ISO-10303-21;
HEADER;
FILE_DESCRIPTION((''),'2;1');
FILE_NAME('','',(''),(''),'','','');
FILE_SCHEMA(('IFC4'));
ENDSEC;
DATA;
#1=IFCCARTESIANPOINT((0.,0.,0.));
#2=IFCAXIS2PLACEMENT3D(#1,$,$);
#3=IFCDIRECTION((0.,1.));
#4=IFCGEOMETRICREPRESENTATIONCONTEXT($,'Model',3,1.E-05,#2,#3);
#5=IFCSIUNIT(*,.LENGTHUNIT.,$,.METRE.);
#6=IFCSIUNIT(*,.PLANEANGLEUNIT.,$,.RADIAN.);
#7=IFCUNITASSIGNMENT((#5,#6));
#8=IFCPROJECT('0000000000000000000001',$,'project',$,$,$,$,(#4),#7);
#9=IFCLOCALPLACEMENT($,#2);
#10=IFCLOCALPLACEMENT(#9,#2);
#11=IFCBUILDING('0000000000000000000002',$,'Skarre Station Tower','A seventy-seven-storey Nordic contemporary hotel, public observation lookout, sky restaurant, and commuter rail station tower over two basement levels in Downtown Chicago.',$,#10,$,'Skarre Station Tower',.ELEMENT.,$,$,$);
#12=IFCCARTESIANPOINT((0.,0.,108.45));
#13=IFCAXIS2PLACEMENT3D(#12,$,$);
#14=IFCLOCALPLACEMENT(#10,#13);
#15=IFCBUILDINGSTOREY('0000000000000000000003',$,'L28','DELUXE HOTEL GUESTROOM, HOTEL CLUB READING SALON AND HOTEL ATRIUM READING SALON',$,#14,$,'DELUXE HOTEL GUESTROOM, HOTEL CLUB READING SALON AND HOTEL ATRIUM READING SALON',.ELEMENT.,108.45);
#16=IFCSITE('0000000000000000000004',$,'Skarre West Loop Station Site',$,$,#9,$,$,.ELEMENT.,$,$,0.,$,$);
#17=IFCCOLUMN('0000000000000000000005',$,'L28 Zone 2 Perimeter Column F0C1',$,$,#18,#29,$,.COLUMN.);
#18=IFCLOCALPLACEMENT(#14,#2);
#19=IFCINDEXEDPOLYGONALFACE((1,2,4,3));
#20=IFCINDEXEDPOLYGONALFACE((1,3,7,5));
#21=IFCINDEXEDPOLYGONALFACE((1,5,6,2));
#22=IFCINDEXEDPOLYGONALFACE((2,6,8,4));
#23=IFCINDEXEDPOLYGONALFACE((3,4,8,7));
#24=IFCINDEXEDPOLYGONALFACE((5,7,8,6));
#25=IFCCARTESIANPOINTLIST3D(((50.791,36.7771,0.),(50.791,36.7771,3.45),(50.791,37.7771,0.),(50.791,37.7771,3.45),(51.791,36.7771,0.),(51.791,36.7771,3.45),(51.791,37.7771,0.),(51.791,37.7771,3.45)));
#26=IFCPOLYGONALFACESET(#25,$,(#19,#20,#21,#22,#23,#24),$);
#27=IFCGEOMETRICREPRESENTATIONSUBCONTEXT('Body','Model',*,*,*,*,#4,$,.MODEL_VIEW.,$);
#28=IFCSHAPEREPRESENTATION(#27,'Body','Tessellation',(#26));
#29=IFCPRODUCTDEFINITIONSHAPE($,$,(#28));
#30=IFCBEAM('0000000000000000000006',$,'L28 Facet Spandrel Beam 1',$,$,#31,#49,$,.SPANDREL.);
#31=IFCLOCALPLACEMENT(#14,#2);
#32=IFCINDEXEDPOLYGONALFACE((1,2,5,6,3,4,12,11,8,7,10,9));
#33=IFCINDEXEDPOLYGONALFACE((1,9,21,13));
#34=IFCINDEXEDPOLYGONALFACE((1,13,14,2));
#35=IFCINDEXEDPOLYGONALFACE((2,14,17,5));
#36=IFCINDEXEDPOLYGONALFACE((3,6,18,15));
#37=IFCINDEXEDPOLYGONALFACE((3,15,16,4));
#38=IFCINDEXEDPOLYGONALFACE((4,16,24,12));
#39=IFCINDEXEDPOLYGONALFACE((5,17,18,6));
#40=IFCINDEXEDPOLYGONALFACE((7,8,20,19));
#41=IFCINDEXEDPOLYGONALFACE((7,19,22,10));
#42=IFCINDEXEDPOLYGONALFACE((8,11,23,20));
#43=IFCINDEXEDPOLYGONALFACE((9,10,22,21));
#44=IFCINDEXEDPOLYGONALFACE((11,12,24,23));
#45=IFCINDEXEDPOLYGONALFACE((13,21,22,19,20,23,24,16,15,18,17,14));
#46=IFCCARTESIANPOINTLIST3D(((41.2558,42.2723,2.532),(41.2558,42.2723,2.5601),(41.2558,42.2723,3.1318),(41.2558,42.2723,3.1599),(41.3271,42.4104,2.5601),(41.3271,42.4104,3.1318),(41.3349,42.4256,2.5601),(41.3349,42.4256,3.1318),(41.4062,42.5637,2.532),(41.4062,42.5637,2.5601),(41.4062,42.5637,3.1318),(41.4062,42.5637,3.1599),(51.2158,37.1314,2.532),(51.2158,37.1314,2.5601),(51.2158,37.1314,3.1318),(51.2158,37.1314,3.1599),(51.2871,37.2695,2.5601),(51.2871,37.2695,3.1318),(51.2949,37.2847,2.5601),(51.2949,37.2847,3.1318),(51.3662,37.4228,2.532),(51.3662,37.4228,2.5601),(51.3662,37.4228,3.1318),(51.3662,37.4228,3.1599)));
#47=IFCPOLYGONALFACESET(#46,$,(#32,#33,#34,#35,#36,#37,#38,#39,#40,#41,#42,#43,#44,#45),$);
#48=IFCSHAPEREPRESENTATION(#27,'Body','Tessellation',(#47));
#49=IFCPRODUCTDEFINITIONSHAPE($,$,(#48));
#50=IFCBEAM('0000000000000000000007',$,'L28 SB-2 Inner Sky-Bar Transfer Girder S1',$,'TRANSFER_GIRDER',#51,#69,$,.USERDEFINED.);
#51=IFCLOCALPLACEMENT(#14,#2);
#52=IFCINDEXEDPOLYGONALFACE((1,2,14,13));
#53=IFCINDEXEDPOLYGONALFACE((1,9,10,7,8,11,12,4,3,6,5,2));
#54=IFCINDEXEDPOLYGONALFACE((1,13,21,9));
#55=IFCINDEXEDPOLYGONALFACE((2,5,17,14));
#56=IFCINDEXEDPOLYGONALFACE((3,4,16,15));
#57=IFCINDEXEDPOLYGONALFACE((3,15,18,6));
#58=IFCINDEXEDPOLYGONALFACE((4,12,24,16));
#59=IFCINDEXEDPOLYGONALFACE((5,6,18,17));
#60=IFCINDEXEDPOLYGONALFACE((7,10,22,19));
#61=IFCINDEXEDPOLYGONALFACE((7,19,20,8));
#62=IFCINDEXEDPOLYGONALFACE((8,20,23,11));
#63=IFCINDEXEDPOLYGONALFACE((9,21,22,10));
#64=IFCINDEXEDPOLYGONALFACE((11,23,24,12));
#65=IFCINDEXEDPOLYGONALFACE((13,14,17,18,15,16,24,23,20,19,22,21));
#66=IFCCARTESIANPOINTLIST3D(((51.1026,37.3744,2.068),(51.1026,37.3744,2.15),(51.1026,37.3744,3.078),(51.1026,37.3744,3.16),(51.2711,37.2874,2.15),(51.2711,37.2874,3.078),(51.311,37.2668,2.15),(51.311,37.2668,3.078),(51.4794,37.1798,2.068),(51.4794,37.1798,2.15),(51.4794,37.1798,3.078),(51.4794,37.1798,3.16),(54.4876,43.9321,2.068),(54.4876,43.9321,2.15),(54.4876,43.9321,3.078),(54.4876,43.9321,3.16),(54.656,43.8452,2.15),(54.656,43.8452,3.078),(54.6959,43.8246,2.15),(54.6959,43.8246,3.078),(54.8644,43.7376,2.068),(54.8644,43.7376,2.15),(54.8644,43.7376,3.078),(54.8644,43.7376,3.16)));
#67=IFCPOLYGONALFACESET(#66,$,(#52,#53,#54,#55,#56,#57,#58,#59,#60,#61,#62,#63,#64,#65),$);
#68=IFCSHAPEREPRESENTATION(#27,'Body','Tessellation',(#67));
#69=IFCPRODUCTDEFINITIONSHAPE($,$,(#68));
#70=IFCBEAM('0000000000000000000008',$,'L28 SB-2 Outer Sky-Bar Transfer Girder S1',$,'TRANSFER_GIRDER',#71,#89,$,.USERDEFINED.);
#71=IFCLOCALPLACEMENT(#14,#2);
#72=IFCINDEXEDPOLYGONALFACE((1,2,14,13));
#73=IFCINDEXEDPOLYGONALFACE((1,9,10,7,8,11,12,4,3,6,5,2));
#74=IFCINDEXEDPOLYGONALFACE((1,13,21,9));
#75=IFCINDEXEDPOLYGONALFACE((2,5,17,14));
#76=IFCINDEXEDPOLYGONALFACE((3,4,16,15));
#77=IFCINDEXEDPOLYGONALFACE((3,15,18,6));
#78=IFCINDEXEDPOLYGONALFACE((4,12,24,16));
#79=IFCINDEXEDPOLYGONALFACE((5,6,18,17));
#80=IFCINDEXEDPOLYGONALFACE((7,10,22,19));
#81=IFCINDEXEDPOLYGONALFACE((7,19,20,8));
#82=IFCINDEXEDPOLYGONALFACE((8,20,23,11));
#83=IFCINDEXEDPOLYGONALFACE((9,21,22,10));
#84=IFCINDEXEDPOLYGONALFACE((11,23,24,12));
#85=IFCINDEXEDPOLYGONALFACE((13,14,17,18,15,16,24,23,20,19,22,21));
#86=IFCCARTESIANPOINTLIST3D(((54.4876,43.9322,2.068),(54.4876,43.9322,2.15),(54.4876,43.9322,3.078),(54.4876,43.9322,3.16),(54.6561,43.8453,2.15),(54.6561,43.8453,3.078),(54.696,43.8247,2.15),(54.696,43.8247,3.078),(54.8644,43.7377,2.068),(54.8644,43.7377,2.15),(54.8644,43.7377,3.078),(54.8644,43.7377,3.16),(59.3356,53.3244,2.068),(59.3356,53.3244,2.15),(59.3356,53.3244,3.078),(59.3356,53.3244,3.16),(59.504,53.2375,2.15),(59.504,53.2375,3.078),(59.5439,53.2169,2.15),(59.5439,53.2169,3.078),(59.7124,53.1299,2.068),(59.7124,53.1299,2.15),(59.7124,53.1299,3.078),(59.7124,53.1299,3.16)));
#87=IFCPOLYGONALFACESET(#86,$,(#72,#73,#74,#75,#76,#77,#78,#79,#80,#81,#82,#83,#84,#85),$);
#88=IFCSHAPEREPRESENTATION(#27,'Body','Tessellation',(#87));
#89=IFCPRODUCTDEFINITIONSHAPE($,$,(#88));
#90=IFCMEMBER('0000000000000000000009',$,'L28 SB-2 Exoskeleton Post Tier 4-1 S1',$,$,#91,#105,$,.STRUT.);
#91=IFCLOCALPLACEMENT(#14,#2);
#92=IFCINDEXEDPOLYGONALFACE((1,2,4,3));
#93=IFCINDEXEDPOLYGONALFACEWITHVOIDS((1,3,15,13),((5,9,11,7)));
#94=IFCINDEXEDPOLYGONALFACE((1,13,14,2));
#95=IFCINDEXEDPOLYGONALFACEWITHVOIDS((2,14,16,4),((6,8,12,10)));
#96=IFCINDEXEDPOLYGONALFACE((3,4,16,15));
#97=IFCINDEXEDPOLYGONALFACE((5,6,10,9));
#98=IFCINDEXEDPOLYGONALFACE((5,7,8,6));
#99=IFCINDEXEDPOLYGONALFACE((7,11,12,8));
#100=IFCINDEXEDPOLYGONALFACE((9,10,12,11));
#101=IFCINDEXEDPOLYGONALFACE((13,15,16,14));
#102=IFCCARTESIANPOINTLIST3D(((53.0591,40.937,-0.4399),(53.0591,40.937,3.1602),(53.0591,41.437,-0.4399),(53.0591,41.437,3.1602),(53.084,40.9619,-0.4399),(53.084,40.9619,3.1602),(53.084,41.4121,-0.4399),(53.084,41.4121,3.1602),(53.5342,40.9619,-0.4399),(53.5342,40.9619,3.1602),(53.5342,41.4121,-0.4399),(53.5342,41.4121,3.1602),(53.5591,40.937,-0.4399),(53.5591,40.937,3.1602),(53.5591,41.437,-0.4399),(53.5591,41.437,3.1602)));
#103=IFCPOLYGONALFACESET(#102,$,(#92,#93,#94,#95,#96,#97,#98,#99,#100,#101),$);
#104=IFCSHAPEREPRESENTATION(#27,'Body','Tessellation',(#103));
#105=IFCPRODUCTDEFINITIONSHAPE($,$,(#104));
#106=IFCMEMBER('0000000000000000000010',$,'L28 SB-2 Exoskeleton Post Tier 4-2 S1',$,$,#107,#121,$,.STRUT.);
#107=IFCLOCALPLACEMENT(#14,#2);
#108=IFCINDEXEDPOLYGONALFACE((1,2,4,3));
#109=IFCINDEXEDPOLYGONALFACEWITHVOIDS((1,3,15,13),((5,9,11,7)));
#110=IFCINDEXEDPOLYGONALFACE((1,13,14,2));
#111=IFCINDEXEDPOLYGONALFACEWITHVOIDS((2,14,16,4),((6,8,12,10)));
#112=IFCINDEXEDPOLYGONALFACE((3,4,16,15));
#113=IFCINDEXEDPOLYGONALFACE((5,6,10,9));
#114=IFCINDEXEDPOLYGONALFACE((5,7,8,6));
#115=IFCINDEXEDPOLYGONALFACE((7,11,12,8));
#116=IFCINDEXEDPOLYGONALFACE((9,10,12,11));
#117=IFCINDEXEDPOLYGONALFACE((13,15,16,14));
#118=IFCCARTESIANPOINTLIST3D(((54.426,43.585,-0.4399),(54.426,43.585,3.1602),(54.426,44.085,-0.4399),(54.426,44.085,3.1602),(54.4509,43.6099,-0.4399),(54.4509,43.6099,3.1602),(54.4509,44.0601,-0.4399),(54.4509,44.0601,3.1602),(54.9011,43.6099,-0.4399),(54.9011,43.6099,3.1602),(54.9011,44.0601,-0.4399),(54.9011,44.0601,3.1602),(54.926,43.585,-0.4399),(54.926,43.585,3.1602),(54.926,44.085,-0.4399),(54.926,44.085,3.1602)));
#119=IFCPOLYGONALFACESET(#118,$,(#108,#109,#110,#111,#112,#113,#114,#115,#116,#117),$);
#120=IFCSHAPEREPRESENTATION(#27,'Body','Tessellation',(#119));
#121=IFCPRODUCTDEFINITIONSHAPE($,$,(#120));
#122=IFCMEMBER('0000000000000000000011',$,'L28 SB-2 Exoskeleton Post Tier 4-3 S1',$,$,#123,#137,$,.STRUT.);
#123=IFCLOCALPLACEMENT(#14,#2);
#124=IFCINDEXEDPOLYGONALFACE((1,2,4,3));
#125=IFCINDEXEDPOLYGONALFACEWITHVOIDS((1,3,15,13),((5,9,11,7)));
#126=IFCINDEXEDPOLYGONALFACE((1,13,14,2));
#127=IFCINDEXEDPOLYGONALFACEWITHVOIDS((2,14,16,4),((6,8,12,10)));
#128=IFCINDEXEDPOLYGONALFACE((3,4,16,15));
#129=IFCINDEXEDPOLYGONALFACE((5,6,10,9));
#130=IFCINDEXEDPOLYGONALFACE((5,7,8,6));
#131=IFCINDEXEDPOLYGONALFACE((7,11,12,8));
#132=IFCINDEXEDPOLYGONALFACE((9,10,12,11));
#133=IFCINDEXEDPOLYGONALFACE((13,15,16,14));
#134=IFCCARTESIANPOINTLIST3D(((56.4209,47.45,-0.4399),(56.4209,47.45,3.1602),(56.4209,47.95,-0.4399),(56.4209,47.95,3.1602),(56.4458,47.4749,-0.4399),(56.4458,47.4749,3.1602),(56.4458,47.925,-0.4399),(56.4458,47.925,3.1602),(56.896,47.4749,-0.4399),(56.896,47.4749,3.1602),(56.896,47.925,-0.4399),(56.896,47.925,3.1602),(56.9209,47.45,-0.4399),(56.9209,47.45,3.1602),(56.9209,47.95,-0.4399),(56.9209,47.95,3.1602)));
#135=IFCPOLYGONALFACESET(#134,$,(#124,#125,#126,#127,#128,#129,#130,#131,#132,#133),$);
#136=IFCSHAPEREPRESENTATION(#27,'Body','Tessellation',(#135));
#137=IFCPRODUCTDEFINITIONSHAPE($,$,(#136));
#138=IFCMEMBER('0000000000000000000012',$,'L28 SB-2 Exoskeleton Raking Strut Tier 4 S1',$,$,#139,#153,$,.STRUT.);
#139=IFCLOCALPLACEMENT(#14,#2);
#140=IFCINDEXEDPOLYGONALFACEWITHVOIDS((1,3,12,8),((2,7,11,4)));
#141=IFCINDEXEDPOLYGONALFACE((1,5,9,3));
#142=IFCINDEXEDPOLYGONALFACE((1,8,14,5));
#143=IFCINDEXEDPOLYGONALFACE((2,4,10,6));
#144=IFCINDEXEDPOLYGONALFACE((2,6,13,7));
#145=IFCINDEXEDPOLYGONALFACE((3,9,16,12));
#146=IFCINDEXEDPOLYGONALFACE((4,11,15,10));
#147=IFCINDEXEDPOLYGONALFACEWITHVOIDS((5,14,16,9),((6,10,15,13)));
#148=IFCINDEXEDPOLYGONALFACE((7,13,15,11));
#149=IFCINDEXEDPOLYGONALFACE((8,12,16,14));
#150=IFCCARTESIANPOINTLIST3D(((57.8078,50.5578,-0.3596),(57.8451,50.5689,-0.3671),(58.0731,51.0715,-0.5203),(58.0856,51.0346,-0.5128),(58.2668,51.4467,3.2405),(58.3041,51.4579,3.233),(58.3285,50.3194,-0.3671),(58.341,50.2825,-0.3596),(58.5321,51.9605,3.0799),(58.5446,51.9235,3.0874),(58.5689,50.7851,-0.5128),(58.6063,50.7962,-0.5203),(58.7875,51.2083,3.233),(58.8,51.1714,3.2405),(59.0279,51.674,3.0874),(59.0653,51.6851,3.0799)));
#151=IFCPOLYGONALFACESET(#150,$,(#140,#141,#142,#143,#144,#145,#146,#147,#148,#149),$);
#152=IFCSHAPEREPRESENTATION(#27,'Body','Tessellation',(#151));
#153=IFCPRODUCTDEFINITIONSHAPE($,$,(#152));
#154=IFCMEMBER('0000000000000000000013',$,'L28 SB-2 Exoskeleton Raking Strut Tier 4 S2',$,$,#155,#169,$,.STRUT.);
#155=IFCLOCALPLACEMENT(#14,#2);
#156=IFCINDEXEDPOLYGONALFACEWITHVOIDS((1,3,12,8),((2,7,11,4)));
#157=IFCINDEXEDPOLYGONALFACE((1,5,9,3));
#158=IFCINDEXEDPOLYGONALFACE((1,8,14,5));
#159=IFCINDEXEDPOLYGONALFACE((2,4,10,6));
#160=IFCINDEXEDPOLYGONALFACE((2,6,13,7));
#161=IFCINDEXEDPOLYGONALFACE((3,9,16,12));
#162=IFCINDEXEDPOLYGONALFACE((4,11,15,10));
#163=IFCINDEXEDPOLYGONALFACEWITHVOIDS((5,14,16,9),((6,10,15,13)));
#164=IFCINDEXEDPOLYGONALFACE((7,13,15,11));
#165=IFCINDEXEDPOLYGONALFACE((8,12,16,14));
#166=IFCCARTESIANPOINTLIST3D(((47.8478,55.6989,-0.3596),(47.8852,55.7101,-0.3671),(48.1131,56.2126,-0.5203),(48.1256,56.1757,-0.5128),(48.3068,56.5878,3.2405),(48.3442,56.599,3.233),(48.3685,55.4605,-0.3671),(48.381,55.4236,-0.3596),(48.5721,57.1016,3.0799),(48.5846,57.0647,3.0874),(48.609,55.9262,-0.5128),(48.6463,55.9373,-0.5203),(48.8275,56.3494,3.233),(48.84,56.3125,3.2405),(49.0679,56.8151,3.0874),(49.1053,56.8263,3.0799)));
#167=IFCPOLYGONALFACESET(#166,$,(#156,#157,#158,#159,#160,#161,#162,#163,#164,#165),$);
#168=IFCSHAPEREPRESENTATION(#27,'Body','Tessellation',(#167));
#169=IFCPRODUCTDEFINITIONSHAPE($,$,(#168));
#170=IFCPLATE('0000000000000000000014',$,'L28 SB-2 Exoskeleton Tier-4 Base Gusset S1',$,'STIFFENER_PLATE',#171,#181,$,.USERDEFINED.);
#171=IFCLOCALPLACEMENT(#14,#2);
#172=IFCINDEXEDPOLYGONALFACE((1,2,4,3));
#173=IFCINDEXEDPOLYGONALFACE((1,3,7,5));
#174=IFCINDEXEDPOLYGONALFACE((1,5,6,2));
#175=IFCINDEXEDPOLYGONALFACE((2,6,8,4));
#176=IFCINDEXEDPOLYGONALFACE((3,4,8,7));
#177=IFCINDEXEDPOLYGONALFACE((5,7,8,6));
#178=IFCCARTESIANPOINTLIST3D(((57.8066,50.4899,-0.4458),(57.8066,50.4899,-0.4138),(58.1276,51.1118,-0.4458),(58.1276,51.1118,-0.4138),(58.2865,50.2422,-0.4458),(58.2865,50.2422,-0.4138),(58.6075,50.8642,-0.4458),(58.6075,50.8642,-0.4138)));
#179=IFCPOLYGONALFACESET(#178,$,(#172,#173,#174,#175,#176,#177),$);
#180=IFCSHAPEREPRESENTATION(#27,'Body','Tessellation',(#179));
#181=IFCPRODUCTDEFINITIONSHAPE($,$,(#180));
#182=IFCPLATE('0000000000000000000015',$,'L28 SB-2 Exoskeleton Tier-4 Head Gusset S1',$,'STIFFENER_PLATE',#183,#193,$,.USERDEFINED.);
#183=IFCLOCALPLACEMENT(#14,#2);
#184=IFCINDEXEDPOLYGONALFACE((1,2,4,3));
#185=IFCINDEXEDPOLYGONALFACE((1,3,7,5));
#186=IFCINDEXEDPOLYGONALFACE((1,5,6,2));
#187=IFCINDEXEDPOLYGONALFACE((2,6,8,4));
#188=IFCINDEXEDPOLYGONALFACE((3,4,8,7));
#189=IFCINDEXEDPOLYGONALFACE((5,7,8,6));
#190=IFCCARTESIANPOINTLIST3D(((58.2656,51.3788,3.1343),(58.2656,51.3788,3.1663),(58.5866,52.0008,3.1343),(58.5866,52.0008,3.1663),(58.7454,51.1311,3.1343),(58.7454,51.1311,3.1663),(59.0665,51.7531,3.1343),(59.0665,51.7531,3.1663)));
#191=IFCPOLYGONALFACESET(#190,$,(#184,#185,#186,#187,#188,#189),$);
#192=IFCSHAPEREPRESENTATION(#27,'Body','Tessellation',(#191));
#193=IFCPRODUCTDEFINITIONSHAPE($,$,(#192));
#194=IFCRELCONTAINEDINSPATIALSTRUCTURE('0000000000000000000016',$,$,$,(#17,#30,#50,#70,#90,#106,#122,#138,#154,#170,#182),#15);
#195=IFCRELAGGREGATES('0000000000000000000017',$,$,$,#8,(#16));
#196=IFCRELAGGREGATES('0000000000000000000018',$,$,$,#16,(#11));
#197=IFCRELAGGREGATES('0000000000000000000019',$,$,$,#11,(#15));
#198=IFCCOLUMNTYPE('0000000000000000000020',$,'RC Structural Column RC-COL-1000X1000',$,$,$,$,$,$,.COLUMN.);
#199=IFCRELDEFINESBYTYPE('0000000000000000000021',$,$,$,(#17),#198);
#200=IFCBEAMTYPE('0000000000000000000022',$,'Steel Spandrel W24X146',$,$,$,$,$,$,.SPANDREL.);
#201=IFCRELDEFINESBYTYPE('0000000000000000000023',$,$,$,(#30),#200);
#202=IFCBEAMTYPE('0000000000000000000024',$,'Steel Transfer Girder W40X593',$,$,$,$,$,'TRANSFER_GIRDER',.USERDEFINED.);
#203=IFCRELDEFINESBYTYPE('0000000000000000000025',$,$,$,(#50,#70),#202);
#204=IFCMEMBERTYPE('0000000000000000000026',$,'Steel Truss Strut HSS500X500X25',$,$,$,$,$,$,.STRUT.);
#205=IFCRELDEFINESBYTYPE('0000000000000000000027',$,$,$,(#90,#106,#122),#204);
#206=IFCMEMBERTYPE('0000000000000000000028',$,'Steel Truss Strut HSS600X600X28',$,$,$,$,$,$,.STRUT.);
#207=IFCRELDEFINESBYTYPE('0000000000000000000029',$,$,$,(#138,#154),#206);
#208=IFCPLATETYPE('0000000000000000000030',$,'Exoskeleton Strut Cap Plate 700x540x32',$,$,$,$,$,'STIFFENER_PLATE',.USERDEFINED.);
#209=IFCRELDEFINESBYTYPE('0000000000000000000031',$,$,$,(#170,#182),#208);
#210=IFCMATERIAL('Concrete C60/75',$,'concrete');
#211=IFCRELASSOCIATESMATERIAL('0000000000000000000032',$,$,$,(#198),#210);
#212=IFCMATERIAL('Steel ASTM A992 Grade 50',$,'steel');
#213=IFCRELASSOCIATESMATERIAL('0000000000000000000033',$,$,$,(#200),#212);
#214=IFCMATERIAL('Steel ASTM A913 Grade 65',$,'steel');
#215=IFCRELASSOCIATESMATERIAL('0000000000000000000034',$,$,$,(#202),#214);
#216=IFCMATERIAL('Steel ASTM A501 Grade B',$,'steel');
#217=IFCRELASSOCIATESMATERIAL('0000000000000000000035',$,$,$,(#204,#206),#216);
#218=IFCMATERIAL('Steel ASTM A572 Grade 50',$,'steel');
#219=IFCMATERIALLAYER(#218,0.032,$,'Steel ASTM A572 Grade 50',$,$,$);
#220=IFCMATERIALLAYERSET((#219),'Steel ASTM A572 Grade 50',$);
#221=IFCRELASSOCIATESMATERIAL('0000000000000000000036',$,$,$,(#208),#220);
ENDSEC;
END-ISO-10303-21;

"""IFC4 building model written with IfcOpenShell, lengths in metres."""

from ifc_helpers import new_model, si_unit, direction, frame, origin, origin_2d, place, context, subcontext, project, spatial, rectangle, hollow_rectangle, i_section, extrude, material, layer, layer_set, material_profile, profile_set, type_object, element, save


model = new_model("IFC4")

# Units and contexts
model_context = context("Model", 3, precision=1e-05, world=origin(), true_north=direction((0.0, 1.0)))
body_context = subcontext(model_context, "Body", "Model", "MODEL_VIEW")
ifc_project = project(units=[si_unit("LENGTHUNIT", "METRE"), si_unit("PLANEANGLEUNIT", "RADIAN")], contexts=[model_context])

# Site, building, storey
site_placement = place(None, origin())
site = spatial("IfcSite", under=ifc_project, at=site_placement, Name="Skarre West Loop Station Site", CompositionType="ELEMENT", RefElevation=0.0)
building_placement = place(site_placement, origin())
building = spatial("IfcBuilding", under=site, at=building_placement, Name="Skarre Station Tower", Description="A seventy-seven-storey Nordic contemporary hotel, public observation lookout, sky restaurant, and commuter rail station tower over two basement levels in Downtown Chicago.", LongName="Skarre Station Tower", CompositionType="ELEMENT")
storey_placement = place(building_placement, frame((0.0, 0.0, 108.45)))
storey = spatial("IfcBuildingStorey", under=building, at=storey_placement, Name="L28", Description="DELUXE HOTEL GUESTROOM, HOTEL CLUB READING SALON AND HOTEL ATRIUM READING SALON", LongName="DELUXE HOTEL GUESTROOM, HOTEL CLUB READING SALON AND HOTEL ATRIUM READING SALON", CompositionType="ELEMENT", Elevation=108.45)

# Column
ifc_material_1 = material(Name="Concrete C60/75", Category="concrete")
ifc_material_profile_1 = material_profile(ifc_material_1, rectangle(XDim=1.0, YDim=1.0, at=origin_2d()), Name="Concrete C60/75")
ifc_profile_set_1 = profile_set([ifc_material_profile_1], Name="Concrete C60/75")
column_type = type_object("IfcColumnType", Name="RC Structural Column RC-COL-1000X1000", PredefinedType="COLUMN", material=ifc_profile_set_1)
column_placement = place(storey_placement, frame((51.291, 37.2771, 0.0), z_axis=(0.0, 0.0, 1.0), x_axis=(1.0, 0.0, 0.0)))
element("IfcColumn", 1, at=column_placement, inside=storey, type_object=column_type, Name="L28 Zone 2 Perimeter Column F0C1", PredefinedType="COLUMN", context=body_context, shape_type="SweptSolid", body=[
    extrude(rectangle(XDim=1.0, YDim=1.0, at=origin_2d()), origin(), (0.0, 0.0, 1.0), 3.45),
])

# Beams
ifc_material_2 = material(Name="Steel ASTM A992 Grade 50", Category="steel")
ifc_material_profile_2 = material_profile(ifc_material_2, i_section(OverallWidth=0.3279, OverallDepth=0.6279, WebThickness=0.0171, FlangeThickness=0.0281, at=origin_2d()), Name="Steel ASTM A992 Grade 50")
ifc_profile_set_2 = profile_set([ifc_material_profile_2], Name="Steel ASTM A992 Grade 50")
beam_type_1 = type_object("IfcBeamType", Name="Steel Spandrel W24X146", PredefinedType="SPANDREL", material=ifc_profile_set_2)
beam_1_placement = place(storey_placement, frame((51.291, 37.2771, 2.8459), z_axis=(-0.888612, 0.45866, 0.0), x_axis=(-0.45866, -0.888612, 0.0)))
element("IfcBeam", 2, at=beam_1_placement, inside=storey, type_object=beam_type_1, Name="L28 Facet Spandrel Beam 1", PredefinedType="SPANDREL", context=body_context, shape_type="SweptSolid", body=[
    extrude(i_section(OverallWidth=0.3279, OverallDepth=0.6279, WebThickness=0.0171, FlangeThickness=0.0281, at=origin_2d()), origin(), (0.0, 0.0, 1.0), 11.2085),
])
ifc_material_3 = material(Name="Steel ASTM A913 Grade 65", Category="steel")
ifc_material_profile_3 = material_profile(ifc_material_3, i_section(OverallWidth=0.4241, OverallDepth=1.092, WebThickness=0.0449, FlangeThickness=0.082, at=origin_2d()), Name="Steel ASTM A913 Grade 65")
ifc_profile_set_3 = profile_set([ifc_material_profile_3], Name="Steel ASTM A913 Grade 65")
beam_type_2 = type_object("IfcBeamType", Name="Steel Transfer Girder W40X593", ElementType="TRANSFER_GIRDER", PredefinedType="USERDEFINED", material=ifc_profile_set_3)
beam_2_placement = place(storey_placement, frame((51.291, 37.2771, 2.614), z_axis=(0.458676, 0.888604, 0.0), x_axis=(-0.888604, 0.458676, 0.0)))
element("IfcBeam", 3, at=beam_2_placement, inside=storey, type_object=beam_type_2, Name="L28 SB-2 Inner Sky-Bar Transfer Girder S1", ObjectType="TRANSFER_GIRDER", PredefinedType="USERDEFINED", context=body_context, shape_type="SweptSolid", body=[
    extrude(i_section(OverallWidth=0.4241, OverallDepth=1.092, WebThickness=0.0449, FlangeThickness=0.082, at=origin_2d()), origin(), (0.0, 0.0, 1.0), 7.3799),
])
beam_3_placement = place(storey_placement, frame((54.676, 43.835, 2.614), z_axis=(0.458671, 0.888606, 0.0), x_axis=(-0.888606, 0.458671, 0.0)))
element("IfcBeam", 4, at=beam_3_placement, inside=storey, type_object=beam_type_2, Name="L28 SB-2 Outer Sky-Bar Transfer Girder S1", ObjectType="TRANSFER_GIRDER", PredefinedType="USERDEFINED", context=body_context, shape_type="SweptSolid", body=[
    extrude(i_section(OverallWidth=0.4241, OverallDepth=1.092, WebThickness=0.0449, FlangeThickness=0.082, at=origin_2d()), origin(), (0.0, 0.0, 1.0), 10.5696),
])

# Members
ifc_material_4 = material(Name="Steel ASTM A501 Grade B", Category="steel")
ifc_material_profile_4 = material_profile(ifc_material_4, hollow_rectangle(XDim=0.5, YDim=0.5, WallThickness=0.0249, at=origin_2d()), Name="Steel ASTM A501 Grade B")
ifc_profile_set_4 = profile_set([ifc_material_profile_4], Name="Steel ASTM A501 Grade B")
member_type_1 = type_object("IfcMemberType", Name="Steel Truss Strut HSS500X500X25", PredefinedType="STRUT", material=ifc_profile_set_4)
for number, where, z_axis, x_axis, name in (
    (5, (53.3091, 41.187, -0.4399), (0.0, 0.0, 1.0), (1.0, 0.0, 0.0), "L28 SB-2 Exoskeleton Post Tier 4-1 S1"),
    (6, (54.676, 43.835, -0.4399), (0.0, 0.0, 1.0), (1.0, 0.0, 0.0), "L28 SB-2 Exoskeleton Post Tier 4-2 S1"),
    (7, (56.6709, 47.7, -0.4399), (0.0, 0.0, 1.0), (1.0, 0.0, 0.0), "L28 SB-2 Exoskeleton Post Tier 4-3 S1"),
):
    element("IfcMember", number, at=place(storey_placement, frame(where, z_axis=z_axis, x_axis=x_axis)), inside=storey, type_object=member_type_1, Name=name, PredefinedType="STRUT", context=body_context, shape_type="SweptSolid", body=[
        extrude(hollow_rectangle(XDim=0.5, YDim=0.5, WallThickness=0.0249, at=origin_2d()), origin(), (0.0, 0.0, 1.0), 3.6001),
    ])
ifc_material_profile_5 = material_profile(ifc_material_4, hollow_rectangle(XDim=0.6001, YDim=0.6001, WallThickness=0.0281, at=origin_2d()), Name="Steel ASTM A501 Grade B")
ifc_profile_set_5 = profile_set([ifc_material_profile_5], Name="Steel ASTM A501 Grade B")
member_type_2 = type_object("IfcMemberType", Name="Steel Truss Strut HSS600X600X28", PredefinedType="STRUT", material=ifc_profile_set_5)
for number, where, z_axis, x_axis, name in (
    (8, (58.207, 50.677, -0.4399), (0.122838, 0.2379, 0.963491), (-0.888544, 0.458792, 0.0), "L28 SB-2 Exoskeleton Raking Strut Tier 4 S1"),
    (9, (48.2471, 55.8181, -0.4399), (0.122838, 0.2379, 0.963491), (-0.888544, 0.458792, 0.0), "L28 SB-2 Exoskeleton Raking Strut Tier 4 S2"),
):
    element("IfcMember", number, at=place(storey_placement, frame(where, z_axis=z_axis, x_axis=x_axis)), inside=storey, type_object=member_type_2, Name=name, PredefinedType="STRUT", context=body_context, shape_type="SweptSolid", body=[
        extrude(hollow_rectangle(XDim=0.6001, YDim=0.6001, WallThickness=0.0281, at=origin_2d()), origin(), (0.0, 0.0, 1.0), 3.7366),
    ])

# Plates
ifc_material_5 = material(Name="Steel ASTM A572 Grade 50", Category="steel")
ifc_layer_1 = layer(ifc_material_5, 0.032, Name="Steel ASTM A572 Grade 50")
ifc_layer_set_1 = layer_set([ifc_layer_1], Name="Steel ASTM A572 Grade 50")
plate_type = type_object("IfcPlateType", Name="Exoskeleton Strut Cap Plate 700x540x32", ElementType="STIFFENER_PLATE", PredefinedType="USERDEFINED", material=ifc_layer_set_1)
for number, where, z_axis, x_axis, name in (
    (10, (58.207, 50.677, -0.4458), (0.0, 0.0, 1.0), (0.45865, 0.888617, 0.0), "L28 SB-2 Exoskeleton Tier-4 Base Gusset S1"),
    (11, (58.666, 51.5659, 3.1343), (0.0, 0.0, 1.0), (0.45865, 0.888617, 0.0), "L28 SB-2 Exoskeleton Tier-4 Head Gusset S1"),
):
    element("IfcPlate", number, at=place(storey_placement, frame(where, z_axis=z_axis, x_axis=x_axis)), inside=storey, type_object=plate_type, Name=name, ObjectType="STIFFENER_PLATE", PredefinedType="USERDEFINED", context=body_context, shape_type="SweptSolid", body=[
        extrude(rectangle(XDim=0.7, YDim=0.54, at=origin_2d()), origin(), (0.0, 0.0, 1.0), 0.032),
    ])

save(model, "model.ifc")
